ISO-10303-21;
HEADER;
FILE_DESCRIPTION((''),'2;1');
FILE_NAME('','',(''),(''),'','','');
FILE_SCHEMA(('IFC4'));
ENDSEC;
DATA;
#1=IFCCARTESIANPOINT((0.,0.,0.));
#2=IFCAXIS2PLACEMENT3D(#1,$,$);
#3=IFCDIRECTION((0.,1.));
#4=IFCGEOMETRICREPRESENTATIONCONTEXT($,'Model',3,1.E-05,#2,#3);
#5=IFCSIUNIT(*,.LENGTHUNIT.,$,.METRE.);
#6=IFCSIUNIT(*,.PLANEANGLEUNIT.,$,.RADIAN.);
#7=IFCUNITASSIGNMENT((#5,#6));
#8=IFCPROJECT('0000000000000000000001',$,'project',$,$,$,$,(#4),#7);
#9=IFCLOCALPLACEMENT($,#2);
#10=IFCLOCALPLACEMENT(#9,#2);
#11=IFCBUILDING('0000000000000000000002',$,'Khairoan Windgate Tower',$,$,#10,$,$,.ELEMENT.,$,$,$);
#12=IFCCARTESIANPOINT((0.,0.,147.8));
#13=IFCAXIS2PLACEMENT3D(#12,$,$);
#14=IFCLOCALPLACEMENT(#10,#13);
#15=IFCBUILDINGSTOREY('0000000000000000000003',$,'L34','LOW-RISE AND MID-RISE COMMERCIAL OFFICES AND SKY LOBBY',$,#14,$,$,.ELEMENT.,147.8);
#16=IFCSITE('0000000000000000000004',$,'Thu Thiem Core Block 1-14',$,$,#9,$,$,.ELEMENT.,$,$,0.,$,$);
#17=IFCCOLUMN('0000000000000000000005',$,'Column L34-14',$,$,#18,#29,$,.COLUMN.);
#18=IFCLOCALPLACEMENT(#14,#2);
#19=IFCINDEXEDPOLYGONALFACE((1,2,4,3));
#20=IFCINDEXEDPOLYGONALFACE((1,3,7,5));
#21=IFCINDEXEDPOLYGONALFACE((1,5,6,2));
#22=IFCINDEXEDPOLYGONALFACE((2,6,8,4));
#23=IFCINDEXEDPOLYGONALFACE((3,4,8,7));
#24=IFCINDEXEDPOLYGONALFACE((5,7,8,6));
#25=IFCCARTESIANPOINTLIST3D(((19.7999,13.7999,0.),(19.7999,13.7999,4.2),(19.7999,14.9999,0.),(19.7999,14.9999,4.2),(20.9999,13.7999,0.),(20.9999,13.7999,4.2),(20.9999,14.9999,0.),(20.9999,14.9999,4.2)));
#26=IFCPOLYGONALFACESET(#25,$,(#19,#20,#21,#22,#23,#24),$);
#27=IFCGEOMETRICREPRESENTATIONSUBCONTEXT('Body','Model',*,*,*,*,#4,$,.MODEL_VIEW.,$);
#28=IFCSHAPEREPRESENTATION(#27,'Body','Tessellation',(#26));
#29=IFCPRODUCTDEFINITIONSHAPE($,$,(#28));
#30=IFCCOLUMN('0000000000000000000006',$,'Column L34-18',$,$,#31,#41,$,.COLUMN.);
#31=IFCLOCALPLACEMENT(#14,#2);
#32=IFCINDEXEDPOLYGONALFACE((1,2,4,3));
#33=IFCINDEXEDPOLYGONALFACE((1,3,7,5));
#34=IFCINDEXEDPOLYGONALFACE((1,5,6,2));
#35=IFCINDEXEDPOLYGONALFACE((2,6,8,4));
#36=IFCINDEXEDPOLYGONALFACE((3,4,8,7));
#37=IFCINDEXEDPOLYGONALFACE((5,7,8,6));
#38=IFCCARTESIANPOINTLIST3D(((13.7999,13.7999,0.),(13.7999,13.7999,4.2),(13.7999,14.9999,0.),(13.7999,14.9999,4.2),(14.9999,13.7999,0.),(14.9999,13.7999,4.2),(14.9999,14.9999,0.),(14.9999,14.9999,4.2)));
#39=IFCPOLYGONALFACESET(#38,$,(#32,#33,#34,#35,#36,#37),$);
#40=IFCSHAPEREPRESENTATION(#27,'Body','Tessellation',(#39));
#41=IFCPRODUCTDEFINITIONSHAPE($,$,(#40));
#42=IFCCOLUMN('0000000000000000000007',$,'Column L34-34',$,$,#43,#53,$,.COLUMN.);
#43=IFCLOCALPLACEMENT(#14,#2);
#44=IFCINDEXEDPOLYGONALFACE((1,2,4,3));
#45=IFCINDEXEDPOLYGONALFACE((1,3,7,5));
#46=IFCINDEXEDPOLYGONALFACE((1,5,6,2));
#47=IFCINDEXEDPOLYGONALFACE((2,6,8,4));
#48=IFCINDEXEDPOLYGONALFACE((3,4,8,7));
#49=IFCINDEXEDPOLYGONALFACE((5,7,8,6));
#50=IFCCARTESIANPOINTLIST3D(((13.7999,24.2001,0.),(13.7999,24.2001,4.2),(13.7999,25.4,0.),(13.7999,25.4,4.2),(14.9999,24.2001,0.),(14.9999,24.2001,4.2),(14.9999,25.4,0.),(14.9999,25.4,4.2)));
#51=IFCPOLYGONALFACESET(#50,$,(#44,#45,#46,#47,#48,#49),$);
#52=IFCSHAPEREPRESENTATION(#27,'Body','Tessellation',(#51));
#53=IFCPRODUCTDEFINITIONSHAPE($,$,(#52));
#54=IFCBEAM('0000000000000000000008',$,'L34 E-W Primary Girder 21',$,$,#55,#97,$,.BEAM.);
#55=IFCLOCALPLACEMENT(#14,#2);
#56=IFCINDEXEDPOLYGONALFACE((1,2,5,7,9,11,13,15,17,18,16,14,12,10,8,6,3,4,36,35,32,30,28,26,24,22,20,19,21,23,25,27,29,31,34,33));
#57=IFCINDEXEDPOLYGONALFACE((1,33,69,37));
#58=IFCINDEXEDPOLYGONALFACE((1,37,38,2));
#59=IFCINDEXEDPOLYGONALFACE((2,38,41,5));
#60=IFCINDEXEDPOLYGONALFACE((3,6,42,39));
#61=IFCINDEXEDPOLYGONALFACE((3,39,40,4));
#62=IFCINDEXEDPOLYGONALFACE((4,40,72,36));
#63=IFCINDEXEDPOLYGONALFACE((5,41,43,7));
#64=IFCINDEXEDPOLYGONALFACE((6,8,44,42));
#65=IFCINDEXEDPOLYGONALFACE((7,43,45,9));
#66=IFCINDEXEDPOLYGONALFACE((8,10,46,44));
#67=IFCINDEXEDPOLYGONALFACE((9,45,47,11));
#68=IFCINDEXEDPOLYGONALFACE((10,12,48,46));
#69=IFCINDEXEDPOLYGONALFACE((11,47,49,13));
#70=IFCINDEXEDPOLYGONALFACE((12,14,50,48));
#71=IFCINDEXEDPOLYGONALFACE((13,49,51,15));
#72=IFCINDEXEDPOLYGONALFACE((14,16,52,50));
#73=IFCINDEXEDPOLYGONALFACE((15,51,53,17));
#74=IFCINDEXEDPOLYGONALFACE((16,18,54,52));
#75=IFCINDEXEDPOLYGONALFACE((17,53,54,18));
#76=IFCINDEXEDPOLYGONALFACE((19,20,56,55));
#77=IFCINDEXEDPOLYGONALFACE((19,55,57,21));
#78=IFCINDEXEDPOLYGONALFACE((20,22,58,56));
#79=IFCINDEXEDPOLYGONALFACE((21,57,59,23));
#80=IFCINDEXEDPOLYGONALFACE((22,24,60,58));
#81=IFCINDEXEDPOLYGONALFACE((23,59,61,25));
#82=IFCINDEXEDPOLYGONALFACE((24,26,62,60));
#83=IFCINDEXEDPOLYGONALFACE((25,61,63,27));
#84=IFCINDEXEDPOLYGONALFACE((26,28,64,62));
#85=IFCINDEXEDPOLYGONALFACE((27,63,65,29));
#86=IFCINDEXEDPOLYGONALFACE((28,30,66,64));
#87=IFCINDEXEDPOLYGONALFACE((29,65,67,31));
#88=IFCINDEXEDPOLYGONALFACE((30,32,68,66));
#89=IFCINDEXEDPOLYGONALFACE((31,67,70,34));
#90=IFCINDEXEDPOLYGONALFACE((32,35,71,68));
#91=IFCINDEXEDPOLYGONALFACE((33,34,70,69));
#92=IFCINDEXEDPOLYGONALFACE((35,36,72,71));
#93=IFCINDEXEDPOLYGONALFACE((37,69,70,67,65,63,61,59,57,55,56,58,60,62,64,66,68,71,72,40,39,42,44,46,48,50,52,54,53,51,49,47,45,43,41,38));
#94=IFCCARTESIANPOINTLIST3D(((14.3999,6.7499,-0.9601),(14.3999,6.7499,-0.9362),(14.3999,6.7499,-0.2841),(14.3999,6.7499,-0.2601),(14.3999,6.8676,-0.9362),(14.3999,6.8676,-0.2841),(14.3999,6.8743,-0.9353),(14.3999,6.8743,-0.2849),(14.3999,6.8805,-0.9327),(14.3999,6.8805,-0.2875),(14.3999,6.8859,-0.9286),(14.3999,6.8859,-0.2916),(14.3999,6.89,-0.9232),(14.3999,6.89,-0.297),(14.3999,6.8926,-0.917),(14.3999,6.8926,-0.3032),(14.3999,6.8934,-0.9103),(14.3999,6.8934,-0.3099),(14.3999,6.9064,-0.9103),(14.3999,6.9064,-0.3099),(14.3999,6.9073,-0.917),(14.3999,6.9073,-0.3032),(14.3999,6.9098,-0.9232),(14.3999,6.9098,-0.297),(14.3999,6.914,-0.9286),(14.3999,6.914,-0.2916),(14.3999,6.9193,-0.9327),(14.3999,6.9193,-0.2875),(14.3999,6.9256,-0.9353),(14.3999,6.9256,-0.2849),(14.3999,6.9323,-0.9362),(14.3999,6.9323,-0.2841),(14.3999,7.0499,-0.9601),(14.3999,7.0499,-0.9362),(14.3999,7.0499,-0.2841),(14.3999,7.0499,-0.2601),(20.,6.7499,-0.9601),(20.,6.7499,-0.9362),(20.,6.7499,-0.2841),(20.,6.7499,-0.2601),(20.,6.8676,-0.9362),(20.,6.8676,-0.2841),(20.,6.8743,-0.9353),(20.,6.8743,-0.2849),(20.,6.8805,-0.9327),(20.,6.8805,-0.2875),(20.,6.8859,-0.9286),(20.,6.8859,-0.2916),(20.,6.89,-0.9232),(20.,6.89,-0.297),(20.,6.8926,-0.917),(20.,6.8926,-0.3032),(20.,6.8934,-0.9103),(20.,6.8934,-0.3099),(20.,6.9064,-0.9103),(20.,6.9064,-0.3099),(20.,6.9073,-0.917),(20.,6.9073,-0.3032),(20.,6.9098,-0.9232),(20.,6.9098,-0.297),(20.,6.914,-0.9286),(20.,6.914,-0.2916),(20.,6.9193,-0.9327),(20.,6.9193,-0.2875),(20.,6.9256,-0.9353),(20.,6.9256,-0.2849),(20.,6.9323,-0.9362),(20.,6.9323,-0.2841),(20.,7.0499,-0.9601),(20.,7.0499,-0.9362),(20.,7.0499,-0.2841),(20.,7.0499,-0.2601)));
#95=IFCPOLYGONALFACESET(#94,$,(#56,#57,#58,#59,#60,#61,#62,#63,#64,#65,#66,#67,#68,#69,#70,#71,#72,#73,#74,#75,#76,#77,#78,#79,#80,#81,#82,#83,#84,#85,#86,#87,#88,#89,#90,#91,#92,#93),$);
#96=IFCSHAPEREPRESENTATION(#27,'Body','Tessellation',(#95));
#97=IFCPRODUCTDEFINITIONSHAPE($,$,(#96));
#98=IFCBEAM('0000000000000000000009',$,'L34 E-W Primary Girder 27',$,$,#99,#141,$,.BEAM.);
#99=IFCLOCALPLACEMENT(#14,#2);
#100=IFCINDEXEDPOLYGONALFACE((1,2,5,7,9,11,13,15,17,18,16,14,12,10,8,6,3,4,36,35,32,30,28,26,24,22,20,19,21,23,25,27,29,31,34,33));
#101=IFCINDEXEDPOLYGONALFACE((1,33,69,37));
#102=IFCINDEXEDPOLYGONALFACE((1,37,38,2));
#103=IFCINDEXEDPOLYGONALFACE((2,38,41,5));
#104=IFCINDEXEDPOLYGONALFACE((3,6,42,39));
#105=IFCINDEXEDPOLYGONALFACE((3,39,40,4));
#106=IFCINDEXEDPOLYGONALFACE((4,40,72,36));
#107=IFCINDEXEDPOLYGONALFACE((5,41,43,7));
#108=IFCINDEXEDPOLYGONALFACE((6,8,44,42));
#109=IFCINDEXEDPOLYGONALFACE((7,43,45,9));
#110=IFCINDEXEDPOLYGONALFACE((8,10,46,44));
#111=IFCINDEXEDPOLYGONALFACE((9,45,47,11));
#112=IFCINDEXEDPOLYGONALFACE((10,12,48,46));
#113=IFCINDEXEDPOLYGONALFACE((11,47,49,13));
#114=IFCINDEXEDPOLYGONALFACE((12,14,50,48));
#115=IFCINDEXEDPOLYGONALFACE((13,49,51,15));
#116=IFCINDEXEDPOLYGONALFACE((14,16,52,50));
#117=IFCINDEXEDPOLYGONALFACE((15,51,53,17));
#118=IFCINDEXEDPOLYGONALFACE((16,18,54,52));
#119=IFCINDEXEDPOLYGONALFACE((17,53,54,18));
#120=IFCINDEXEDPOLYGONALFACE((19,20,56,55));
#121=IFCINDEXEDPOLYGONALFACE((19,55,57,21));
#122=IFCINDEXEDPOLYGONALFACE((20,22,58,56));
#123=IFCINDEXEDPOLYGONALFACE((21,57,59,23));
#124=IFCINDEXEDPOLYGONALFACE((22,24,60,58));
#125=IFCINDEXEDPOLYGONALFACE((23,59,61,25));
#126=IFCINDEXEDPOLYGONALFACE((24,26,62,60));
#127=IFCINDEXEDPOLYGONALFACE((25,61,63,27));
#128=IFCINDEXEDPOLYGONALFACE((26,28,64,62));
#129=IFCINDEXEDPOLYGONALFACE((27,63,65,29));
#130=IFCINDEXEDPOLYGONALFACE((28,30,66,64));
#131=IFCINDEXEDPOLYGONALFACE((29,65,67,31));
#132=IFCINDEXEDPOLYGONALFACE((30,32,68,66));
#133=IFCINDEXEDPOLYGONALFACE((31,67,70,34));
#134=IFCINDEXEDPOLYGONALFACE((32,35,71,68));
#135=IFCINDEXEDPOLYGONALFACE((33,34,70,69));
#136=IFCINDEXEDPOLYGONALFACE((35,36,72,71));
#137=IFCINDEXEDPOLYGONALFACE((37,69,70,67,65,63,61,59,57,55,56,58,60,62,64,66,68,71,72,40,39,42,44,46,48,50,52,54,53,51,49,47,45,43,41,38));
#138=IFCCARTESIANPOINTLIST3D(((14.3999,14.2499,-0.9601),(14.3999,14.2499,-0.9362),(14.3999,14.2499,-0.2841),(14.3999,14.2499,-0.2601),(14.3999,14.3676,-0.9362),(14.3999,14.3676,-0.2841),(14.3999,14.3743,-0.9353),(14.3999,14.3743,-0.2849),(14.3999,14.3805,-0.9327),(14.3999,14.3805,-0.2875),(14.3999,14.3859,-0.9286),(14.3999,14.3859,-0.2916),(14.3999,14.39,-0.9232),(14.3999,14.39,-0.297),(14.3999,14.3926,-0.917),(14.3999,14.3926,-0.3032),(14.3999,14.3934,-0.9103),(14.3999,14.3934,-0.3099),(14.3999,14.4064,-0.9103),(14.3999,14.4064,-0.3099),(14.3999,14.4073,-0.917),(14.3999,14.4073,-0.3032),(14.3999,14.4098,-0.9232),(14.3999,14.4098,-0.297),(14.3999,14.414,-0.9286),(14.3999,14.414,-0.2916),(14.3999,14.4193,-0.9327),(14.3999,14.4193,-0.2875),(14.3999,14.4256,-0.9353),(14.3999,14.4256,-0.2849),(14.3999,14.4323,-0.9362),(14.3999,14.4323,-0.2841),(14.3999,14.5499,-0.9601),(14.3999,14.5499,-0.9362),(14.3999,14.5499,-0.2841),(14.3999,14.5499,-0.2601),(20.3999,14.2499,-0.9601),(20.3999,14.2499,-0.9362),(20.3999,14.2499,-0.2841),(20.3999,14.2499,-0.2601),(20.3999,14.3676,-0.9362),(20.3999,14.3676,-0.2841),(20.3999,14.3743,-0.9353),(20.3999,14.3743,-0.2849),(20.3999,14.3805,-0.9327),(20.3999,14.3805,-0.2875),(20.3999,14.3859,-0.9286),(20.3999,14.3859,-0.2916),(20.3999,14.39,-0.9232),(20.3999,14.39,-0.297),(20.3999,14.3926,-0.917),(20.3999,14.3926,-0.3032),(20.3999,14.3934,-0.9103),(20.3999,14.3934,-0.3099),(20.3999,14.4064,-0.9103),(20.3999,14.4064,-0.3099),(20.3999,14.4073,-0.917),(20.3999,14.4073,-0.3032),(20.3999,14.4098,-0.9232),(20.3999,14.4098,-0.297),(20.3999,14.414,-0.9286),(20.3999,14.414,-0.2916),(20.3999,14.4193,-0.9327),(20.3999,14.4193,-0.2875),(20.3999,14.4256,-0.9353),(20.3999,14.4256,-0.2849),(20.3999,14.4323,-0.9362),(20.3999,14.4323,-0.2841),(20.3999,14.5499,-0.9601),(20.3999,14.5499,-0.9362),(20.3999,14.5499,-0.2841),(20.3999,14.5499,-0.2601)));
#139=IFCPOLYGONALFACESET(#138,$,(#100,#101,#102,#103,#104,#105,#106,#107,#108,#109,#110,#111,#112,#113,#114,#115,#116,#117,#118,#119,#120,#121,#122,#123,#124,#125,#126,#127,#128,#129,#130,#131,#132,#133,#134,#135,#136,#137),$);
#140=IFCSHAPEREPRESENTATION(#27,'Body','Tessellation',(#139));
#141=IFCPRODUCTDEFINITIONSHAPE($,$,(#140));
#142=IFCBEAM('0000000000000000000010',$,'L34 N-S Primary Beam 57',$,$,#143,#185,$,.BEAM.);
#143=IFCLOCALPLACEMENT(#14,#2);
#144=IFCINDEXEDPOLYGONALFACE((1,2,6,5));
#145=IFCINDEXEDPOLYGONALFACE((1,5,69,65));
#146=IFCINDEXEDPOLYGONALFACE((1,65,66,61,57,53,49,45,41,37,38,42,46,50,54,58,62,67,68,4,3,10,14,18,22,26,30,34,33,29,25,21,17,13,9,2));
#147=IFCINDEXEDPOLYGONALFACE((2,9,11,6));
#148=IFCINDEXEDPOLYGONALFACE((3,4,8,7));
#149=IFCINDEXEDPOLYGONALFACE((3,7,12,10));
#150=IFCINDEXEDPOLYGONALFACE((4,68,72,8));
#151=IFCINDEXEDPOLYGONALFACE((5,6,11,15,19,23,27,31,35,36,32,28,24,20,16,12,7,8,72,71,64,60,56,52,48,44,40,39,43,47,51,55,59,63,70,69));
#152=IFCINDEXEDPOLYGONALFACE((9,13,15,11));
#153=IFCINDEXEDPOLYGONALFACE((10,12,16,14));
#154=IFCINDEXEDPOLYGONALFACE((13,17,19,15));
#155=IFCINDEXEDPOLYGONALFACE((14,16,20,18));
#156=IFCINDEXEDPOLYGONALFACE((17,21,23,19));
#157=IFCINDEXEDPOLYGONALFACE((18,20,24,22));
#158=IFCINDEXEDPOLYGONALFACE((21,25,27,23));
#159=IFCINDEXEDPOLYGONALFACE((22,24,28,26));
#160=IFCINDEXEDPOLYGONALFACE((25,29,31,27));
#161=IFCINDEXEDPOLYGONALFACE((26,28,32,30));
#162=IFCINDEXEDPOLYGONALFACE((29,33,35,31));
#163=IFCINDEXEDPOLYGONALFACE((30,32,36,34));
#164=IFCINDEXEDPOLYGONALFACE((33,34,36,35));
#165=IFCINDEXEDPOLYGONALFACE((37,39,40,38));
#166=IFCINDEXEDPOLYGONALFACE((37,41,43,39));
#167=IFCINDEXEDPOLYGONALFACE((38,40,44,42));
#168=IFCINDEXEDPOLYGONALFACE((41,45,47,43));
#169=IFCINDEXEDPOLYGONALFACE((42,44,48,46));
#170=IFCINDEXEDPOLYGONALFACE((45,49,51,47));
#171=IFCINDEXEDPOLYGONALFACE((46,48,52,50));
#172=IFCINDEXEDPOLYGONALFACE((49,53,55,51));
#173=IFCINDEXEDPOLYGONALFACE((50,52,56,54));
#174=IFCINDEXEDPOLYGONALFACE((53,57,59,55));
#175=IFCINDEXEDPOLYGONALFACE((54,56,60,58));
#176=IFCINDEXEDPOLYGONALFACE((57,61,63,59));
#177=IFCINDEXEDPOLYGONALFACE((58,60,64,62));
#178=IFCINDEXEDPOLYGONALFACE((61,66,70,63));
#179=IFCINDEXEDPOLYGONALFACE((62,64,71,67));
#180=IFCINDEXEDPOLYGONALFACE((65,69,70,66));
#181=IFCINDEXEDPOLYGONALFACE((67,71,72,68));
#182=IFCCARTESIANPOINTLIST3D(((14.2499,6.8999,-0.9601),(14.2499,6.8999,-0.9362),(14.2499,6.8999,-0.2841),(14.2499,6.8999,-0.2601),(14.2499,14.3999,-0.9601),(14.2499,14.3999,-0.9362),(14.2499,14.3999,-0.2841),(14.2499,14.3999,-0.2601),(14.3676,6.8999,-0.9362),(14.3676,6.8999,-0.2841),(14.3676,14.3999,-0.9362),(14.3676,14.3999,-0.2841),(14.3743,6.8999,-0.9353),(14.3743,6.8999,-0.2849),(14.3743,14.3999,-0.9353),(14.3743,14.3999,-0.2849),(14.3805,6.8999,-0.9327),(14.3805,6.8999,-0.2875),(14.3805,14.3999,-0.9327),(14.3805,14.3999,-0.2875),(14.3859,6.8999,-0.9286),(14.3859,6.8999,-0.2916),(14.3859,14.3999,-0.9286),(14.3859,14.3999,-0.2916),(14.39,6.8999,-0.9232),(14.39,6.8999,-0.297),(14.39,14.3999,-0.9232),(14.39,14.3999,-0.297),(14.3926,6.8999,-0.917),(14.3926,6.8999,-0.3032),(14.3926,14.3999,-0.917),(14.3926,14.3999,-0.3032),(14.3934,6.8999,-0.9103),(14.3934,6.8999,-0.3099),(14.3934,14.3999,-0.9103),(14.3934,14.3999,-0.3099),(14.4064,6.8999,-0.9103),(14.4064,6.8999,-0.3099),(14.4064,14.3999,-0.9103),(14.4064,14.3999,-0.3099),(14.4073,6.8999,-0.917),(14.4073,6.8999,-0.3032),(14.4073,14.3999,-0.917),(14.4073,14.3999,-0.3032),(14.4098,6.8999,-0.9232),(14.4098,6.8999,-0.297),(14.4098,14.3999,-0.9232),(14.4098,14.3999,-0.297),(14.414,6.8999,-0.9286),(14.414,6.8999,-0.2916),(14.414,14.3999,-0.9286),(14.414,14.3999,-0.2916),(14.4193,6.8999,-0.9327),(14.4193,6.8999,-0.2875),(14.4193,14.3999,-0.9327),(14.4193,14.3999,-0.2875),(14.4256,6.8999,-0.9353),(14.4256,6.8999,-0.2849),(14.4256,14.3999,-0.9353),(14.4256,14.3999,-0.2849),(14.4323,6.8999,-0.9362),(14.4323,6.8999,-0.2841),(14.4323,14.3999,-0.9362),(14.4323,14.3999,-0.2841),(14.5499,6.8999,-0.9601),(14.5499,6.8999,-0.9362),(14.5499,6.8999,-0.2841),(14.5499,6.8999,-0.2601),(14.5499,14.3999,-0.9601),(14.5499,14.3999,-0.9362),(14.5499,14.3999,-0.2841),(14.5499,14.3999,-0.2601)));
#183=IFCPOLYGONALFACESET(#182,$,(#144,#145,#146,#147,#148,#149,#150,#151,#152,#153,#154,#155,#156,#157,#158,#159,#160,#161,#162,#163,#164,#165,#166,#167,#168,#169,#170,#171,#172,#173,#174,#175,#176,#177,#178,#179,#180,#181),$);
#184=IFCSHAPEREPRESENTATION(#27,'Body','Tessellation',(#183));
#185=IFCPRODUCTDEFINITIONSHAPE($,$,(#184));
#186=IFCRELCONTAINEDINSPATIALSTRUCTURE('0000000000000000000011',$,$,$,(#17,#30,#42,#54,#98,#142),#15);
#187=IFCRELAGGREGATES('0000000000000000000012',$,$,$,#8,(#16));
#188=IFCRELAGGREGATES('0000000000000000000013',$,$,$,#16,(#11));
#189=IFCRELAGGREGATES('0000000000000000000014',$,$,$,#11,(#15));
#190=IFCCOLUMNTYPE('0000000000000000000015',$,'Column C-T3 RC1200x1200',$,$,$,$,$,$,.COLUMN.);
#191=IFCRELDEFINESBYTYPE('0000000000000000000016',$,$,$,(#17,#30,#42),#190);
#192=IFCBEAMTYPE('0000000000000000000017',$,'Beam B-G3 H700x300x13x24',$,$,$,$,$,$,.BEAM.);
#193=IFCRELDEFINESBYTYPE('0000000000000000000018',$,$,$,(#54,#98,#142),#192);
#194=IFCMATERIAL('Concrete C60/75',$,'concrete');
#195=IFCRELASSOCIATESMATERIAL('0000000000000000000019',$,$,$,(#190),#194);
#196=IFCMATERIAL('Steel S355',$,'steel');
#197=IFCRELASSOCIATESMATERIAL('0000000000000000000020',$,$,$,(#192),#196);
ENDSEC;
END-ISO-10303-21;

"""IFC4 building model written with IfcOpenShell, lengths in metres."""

from ifc_helpers import new_model, si_unit, direction, frame, origin, origin_2d, place, context, subcontext, project, spatial, rectangle, i_section, extrude, material, material_profile, profile_set, type_object, element, save


model = new_model("IFC4")

# Units and contexts
model_context = context("Model", 3, precision=1e-05, world=origin(), true_north=direction((0.0, 1.0)))
body_context = subcontext(model_context, "Body", "Model", "MODEL_VIEW")
ifc_project = project(units=[si_unit("LENGTHUNIT", "METRE"), si_unit("PLANEANGLEUNIT", "RADIAN")], contexts=[model_context])

# Site, building, storey
site_placement = place(None, origin())
site = spatial("IfcSite", under=ifc_project, at=site_placement, Name="Thu Thiem Core Block 1-14", CompositionType="ELEMENT", RefElevation=0.0)
building_placement = place(site_placement, origin())
building = spatial("IfcBuilding", under=site, at=building_placement, Name="Khairoan Windgate Tower", CompositionType="ELEMENT")
storey_placement = place(building_placement, frame((0.0, 0.0, 147.8)))
storey = spatial("IfcBuildingStorey", under=building, at=storey_placement, Name="L34", Description="LOW-RISE AND MID-RISE COMMERCIAL OFFICES AND SKY LOBBY", CompositionType="ELEMENT", Elevation=147.8)

# Columns
ifc_material_1 = material(Name="Concrete C60/75", Category="concrete")
ifc_material_profile_1 = material_profile(ifc_material_1, rectangle(XDim=1.2, YDim=1.2, at=origin_2d()))
ifc_profile_set_1 = profile_set([ifc_material_profile_1], Name="Concrete C60/75")
column_type = type_object("IfcColumnType", Name="Column C-T3 RC1200x1200", PredefinedType="COLUMN", material=ifc_profile_set_1)
for number, where, z_axis, x_axis, name in (
    (1, (20.3999, 14.3999, 0.0), (0.0, 0.0, 1.0), (1.0, 0.0, 0.0), "Column L34-14"),
    (2, (14.3999, 14.3999, 0.0), (0.0, 0.0, 1.0), (1.0, 0.0, 0.0), "Column L34-18"),
    (3, (14.3999, 24.8, 0.0), (0.0, 0.0, 1.0), (1.0, 0.0, 0.0), "Column L34-34"),
):
    element("IfcColumn", number, at=place(storey_placement, frame(where, z_axis=z_axis, x_axis=x_axis)), inside=storey, type_object=column_type, Name=name, PredefinedType="COLUMN", context=body_context, shape_type="SweptSolid", body=[
        extrude(rectangle(XDim=1.2, YDim=1.2, at=origin_2d()), origin(), (0.0, 0.0, 1.0), 4.2),
    ])

# Beams
ifc_material_2 = material(Name="Steel S355", Category="steel")
ifc_material_profile_2 = material_profile(ifc_material_2, i_section(OverallWidth=0.3, OverallDepth=0.7, WebThickness=0.0129, FlangeThickness=0.0239, FilletRadius=0.0259, at=origin_2d()))
ifc_profile_set_2 = profile_set([ifc_material_profile_2], Name="Steel S355")
beam_type_1 = type_object("IfcBeamType", Name="Beam B-G3 H700x300x13x24", PredefinedType="BEAM", material=ifc_profile_set_2)
beam_1_placement = place(storey_placement, frame((14.3999, 6.8999, -0.6101), z_axis=(1.0, 0.0, 0.0), x_axis=(0.0, 1.0, 0.0)))
element("IfcBeam", 4, at=beam_1_placement, inside=storey, type_object=beam_type_1, Name="L34 E-W Primary Girder 21", PredefinedType="BEAM", context=body_context, shape_type="SweptSolid", body=[
    extrude(i_section(OverallWidth=0.3, OverallDepth=0.7, WebThickness=0.0129, FlangeThickness=0.0239, FilletRadius=0.0259, at=origin_2d()), origin(), (0.0, 0.0, 1.0), 5.6001),
])
beam_2_placement = place(storey_placement, frame((14.3999, 14.3999, -0.6101), z_axis=(1.0, 0.0, 0.0), x_axis=(0.0, 1.0, 0.0)))
element("IfcBeam", 5, at=beam_2_placement, inside=storey, type_object=beam_type_1, Name="L34 E-W Primary Girder 27", PredefinedType="BEAM", context=body_context, shape_type="SweptSolid", body=[
    extrude(i_section(OverallWidth=0.3, OverallDepth=0.7, WebThickness=0.0129, FlangeThickness=0.0239, FilletRadius=0.0259, at=origin_2d()), origin(), (0.0, 0.0, 1.0), 6.0),
])
beam_3_placement = place(storey_placement, frame((14.3999, 6.8999, -0.6101), z_axis=(0.0, 1.0, 0.0), x_axis=(-1.0, 0.0, 0.0)))
element("IfcBeam", 6, at=beam_3_placement, inside=storey, type_object=beam_type_1, Name="L34 N-S Primary Beam 57", PredefinedType="BEAM", context=body_context, shape_type="SweptSolid", body=[
    extrude(i_section(OverallWidth=0.3, OverallDepth=0.7, WebThickness=0.0129, FlangeThickness=0.0239, FilletRadius=0.0259, at=origin_2d()), origin(), (0.0, 0.0, 1.0), 7.5),
])

save(model, "model.ifc")
